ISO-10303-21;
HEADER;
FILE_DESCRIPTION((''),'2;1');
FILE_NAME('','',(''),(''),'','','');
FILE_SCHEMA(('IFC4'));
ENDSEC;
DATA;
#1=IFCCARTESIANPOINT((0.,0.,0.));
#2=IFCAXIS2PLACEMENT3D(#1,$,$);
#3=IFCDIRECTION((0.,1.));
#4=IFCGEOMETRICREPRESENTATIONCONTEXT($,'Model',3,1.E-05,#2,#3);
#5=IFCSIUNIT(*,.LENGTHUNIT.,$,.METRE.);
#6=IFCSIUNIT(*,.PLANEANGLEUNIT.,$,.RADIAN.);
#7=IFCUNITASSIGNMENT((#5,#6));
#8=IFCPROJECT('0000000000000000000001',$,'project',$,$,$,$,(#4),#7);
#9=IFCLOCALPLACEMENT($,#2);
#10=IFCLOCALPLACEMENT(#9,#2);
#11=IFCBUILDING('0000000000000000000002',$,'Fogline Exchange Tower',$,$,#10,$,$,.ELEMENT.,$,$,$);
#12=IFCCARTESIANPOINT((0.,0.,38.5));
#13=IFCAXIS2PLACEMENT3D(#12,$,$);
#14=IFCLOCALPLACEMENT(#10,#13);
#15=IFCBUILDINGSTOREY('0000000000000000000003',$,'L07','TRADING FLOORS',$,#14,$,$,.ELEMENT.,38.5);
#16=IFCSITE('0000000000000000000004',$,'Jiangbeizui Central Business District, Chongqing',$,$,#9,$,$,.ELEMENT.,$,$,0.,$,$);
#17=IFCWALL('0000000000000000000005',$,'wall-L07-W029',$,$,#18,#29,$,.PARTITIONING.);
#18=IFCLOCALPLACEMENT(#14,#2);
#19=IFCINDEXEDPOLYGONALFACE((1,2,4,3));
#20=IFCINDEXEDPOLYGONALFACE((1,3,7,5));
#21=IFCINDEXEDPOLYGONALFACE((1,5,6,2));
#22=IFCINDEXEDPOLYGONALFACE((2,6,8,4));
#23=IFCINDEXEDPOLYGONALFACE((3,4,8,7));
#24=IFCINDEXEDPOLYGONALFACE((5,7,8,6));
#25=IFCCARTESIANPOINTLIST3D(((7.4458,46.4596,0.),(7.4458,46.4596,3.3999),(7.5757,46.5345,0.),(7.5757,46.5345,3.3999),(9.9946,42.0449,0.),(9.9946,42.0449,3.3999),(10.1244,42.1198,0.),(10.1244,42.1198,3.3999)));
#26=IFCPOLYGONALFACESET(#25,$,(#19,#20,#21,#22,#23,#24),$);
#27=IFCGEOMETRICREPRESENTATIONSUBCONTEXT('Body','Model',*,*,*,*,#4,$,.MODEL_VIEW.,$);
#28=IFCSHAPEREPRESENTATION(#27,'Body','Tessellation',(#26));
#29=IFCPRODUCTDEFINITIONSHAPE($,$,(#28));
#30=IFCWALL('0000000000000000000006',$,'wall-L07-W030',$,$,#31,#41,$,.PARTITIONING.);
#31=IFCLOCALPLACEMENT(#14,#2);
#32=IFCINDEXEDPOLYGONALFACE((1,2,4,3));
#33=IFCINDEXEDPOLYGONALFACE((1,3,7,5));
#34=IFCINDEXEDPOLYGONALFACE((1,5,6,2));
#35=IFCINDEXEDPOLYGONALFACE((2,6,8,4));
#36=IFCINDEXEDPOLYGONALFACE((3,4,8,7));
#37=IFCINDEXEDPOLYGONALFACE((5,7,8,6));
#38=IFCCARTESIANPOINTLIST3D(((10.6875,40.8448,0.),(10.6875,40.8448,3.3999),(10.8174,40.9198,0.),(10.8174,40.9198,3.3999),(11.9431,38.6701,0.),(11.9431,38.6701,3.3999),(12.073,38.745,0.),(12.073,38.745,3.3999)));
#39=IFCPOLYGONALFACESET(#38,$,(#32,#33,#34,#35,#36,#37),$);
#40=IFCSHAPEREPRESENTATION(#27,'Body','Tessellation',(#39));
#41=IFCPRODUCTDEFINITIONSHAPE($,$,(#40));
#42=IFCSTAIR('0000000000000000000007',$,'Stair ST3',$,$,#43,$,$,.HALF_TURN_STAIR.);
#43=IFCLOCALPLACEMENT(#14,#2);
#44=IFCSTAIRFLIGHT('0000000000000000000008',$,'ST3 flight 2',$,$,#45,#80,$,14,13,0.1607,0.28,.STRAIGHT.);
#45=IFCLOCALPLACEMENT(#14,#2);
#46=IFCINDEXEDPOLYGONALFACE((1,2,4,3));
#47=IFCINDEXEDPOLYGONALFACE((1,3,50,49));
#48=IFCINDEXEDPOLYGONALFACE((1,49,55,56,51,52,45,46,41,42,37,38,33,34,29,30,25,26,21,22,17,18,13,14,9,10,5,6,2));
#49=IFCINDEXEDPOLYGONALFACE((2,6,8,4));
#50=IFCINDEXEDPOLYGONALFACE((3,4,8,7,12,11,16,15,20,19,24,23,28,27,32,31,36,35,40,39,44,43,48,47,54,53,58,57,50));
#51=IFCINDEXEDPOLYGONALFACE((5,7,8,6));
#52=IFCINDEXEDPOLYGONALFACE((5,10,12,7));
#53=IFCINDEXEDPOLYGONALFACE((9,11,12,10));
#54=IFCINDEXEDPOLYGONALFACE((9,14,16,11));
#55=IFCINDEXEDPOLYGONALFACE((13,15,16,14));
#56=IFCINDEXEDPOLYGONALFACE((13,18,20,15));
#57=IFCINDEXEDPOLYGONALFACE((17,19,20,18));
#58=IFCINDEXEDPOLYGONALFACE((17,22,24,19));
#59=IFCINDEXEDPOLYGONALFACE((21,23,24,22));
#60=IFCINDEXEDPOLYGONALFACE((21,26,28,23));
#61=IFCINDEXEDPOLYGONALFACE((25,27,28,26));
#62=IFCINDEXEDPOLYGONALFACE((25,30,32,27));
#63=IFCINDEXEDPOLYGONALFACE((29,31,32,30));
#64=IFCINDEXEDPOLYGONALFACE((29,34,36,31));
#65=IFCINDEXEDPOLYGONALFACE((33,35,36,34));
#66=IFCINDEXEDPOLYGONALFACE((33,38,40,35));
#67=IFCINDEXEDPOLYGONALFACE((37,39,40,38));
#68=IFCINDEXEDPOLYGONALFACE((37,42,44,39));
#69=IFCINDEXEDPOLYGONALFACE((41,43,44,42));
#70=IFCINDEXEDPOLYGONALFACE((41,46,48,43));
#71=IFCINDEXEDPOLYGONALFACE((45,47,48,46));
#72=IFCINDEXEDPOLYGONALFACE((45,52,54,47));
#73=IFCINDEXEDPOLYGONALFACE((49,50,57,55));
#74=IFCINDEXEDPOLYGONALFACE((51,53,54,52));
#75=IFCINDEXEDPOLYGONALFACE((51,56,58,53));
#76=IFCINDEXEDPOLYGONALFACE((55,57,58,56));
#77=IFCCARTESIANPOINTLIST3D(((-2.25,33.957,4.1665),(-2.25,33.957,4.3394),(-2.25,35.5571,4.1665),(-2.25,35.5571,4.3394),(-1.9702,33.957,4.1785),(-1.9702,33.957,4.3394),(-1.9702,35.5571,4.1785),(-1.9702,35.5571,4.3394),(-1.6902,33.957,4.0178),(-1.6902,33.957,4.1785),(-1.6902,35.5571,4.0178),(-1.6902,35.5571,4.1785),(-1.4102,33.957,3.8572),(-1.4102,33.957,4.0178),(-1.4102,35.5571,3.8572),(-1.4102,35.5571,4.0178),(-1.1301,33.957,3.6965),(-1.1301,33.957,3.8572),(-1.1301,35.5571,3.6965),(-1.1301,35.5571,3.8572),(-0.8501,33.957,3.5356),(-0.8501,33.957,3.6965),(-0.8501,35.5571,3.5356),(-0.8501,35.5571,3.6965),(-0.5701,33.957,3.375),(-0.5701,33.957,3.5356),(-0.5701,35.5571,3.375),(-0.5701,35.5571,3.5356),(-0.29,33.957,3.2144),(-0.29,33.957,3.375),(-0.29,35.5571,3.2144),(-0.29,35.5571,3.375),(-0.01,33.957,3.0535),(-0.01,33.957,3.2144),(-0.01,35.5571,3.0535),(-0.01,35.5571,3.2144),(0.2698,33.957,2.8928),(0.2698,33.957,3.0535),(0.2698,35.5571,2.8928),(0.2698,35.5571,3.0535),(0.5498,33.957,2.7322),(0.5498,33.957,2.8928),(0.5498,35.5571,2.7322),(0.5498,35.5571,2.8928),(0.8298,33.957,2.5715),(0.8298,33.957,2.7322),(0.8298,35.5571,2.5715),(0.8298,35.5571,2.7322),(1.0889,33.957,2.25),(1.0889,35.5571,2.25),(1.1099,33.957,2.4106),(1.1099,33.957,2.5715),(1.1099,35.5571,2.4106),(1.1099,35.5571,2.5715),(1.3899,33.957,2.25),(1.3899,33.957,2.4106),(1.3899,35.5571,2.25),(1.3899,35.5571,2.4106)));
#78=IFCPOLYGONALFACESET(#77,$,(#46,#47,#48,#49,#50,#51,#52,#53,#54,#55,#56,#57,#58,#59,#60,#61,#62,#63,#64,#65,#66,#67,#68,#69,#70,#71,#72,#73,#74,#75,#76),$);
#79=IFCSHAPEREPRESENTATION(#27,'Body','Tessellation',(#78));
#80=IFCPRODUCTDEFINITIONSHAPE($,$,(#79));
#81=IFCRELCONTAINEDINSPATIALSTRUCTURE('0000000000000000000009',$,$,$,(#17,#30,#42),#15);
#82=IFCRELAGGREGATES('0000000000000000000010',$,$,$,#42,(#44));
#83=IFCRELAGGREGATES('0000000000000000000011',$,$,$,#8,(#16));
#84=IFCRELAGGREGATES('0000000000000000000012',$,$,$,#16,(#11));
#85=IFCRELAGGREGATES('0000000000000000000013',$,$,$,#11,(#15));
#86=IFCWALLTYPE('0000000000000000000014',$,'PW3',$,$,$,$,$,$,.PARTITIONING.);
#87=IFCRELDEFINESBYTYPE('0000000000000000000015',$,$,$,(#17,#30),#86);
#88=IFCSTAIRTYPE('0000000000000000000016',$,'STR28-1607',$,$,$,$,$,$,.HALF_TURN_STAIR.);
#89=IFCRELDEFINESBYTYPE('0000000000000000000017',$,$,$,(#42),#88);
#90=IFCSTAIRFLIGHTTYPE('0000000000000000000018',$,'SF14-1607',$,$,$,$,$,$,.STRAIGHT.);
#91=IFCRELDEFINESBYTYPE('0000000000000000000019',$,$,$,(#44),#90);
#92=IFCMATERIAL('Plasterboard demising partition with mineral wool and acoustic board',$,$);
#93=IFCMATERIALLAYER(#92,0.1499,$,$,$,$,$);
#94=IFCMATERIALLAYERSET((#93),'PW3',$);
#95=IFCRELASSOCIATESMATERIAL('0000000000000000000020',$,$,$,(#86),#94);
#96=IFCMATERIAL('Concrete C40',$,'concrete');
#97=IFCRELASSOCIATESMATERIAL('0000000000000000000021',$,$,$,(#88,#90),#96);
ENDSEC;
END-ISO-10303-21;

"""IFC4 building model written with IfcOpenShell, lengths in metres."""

from ifc_helpers import new_model, si_unit, direction, frame, frame_2d, origin, place, context, subcontext, project, spatial, polyline, rectangle, outline, extrude, material, layer, layer_set, type_object, element, aggregate, save


model = new_model("IFC4")

# Units and contexts
model_context = context("Model", 3, precision=1e-05, world=origin(), true_north=direction((0.0, 1.0)))
body_context = subcontext(model_context, "Body", "Model", "MODEL_VIEW")
ifc_project = project(units=[si_unit("LENGTHUNIT", "METRE"), si_unit("PLANEANGLEUNIT", "RADIAN")], contexts=[model_context])

# Site, building, storey
site_placement = place(None, origin())
site = spatial("IfcSite", under=ifc_project, at=site_placement, Name="Jiangbeizui Central Business District, Chongqing", CompositionType="ELEMENT", RefElevation=0.0)
building_placement = place(site_placement, origin())
building = spatial("IfcBuilding", under=site, at=building_placement, Name="Fogline Exchange Tower", CompositionType="ELEMENT")
storey_placement = place(building_placement, frame((0.0, 0.0, 38.5)))
storey = spatial("IfcBuildingStorey", under=building, at=storey_placement, Name="L07", Description="TRADING FLOORS", CompositionType="ELEMENT", Elevation=38.5)

# Shared definitions
ifc_material_1 = material(Name="Concrete C40", Category="concrete")

# Shared definitions
ifc_material_2 = material(Name="Plasterboard demising partition with mineral wool and acoustic board")
ifc_layer_1 = layer(ifc_material_2, 0.1499)
ifc_layer_set_1 = layer_set([ifc_layer_1], Name="PW3")
wall_type_1 = type_object("IfcWallType", Name="PW3", PredefinedType="PARTITIONING", material=ifc_layer_set_1)

# Walls
wall_1_placement = place(storey_placement, frame((7.5107, 46.4971, 0.0), z_axis=(0.0, 0.0, 1.0), x_axis=(0.499992, -0.86603, 0.0)))
element("IfcWall", 1, at=wall_1_placement, inside=storey, type_object=wall_type_1, Name="wall-L07-W029", PredefinedType="PARTITIONING", context=body_context, shape_type="SweptSolid", body=[
    extrude(rectangle(XDim=5.0977, YDim=0.1499, at=frame_2d((2.5488, 0.0))), origin(), (0.0, 0.0, 1.0), 3.3999),
])
wall_2_placement = place(storey_placement, frame((10.7524, 40.8823, 0.0), z_axis=(0.0, 0.0, 1.0), x_axis=(0.499997, -0.866027, 0.0)))
element("IfcWall", 2, at=wall_2_placement, inside=storey, type_object=wall_type_1, Name="wall-L07-W030", PredefinedType="PARTITIONING", context=body_context, shape_type="SweptSolid", body=[
    extrude(rectangle(XDim=2.5112, YDim=0.1499, at=frame_2d((1.2556, 0.0))), origin(), (0.0, 0.0, 1.0), 3.3999),
])

# Stair, stair flight
stair_type = type_object("IfcStairType", Name="STR28-1607", PredefinedType="HALF_TURN_STAIR", material=ifc_material_1)
stair_placement = place(storey_placement, origin())
stair = element("IfcStair", 3, at=stair_placement, inside=storey, type_object=stair_type, Name="Stair ST3", PredefinedType="HALF_TURN_STAIR")
stair_flight_type = type_object("IfcStairFlightType", Name="SF14-1607", PredefinedType="STRAIGHT", material=ifc_material_1)
stair_flight_placement = place(storey_placement, frame((1.3899, 34.7571, 2.25), z_axis=(0.0, 0.0, 1.0), x_axis=(-1.0, 0.0, 0.0)))
stair_flight = element("IfcStairFlight", 4, at=stair_flight_placement, type_object=stair_flight_type, Name="ST3 flight 2", NumberOfRisers=14, NumberOfTreads=13, PredefinedType="STRAIGHT", RiserHeight=0.1607, TreadLength=0.28, context=body_context, shape_type="SweptSolid", body=[
    extrude(outline(polyline([(0.0, 0.0), (0.0, 0.1606), (0.28, 0.1606), (0.28, 0.3215), (0.5601, 0.3215), (0.5601, 0.4822), (0.8401, 0.4822), (0.8401, 0.6428), (1.1201, 0.6428), (1.1201, 0.8035), (1.3999, 0.8035), (1.3999, 0.9644), (1.6799, 0.9644), (1.6799, 1.125), (1.96, 1.125), (1.96, 1.2856), (2.24, 1.2856), (2.24, 1.4465), (2.52, 1.4465), (2.52, 1.6072), (2.8, 1.6072), (2.8, 1.7678), (3.0801, 1.7678), (3.0801, 1.9285), (3.3601, 1.9285), (3.3601, 2.0894), (3.6399, 2.0894), (3.6399, 2.25), (3.6399, 1.9165), (0.301, 0.0), (0.0, 0.0)])), frame((0.0, 0.8, 0.0), z_axis=(0.0, -1.0, 0.0), x_axis=(1.0, 0.0, 0.0)), (0.0, 0.0, 1.0), 1.6001),
])
aggregate(stair, [stair_flight])

save(model, "model.ifc")
